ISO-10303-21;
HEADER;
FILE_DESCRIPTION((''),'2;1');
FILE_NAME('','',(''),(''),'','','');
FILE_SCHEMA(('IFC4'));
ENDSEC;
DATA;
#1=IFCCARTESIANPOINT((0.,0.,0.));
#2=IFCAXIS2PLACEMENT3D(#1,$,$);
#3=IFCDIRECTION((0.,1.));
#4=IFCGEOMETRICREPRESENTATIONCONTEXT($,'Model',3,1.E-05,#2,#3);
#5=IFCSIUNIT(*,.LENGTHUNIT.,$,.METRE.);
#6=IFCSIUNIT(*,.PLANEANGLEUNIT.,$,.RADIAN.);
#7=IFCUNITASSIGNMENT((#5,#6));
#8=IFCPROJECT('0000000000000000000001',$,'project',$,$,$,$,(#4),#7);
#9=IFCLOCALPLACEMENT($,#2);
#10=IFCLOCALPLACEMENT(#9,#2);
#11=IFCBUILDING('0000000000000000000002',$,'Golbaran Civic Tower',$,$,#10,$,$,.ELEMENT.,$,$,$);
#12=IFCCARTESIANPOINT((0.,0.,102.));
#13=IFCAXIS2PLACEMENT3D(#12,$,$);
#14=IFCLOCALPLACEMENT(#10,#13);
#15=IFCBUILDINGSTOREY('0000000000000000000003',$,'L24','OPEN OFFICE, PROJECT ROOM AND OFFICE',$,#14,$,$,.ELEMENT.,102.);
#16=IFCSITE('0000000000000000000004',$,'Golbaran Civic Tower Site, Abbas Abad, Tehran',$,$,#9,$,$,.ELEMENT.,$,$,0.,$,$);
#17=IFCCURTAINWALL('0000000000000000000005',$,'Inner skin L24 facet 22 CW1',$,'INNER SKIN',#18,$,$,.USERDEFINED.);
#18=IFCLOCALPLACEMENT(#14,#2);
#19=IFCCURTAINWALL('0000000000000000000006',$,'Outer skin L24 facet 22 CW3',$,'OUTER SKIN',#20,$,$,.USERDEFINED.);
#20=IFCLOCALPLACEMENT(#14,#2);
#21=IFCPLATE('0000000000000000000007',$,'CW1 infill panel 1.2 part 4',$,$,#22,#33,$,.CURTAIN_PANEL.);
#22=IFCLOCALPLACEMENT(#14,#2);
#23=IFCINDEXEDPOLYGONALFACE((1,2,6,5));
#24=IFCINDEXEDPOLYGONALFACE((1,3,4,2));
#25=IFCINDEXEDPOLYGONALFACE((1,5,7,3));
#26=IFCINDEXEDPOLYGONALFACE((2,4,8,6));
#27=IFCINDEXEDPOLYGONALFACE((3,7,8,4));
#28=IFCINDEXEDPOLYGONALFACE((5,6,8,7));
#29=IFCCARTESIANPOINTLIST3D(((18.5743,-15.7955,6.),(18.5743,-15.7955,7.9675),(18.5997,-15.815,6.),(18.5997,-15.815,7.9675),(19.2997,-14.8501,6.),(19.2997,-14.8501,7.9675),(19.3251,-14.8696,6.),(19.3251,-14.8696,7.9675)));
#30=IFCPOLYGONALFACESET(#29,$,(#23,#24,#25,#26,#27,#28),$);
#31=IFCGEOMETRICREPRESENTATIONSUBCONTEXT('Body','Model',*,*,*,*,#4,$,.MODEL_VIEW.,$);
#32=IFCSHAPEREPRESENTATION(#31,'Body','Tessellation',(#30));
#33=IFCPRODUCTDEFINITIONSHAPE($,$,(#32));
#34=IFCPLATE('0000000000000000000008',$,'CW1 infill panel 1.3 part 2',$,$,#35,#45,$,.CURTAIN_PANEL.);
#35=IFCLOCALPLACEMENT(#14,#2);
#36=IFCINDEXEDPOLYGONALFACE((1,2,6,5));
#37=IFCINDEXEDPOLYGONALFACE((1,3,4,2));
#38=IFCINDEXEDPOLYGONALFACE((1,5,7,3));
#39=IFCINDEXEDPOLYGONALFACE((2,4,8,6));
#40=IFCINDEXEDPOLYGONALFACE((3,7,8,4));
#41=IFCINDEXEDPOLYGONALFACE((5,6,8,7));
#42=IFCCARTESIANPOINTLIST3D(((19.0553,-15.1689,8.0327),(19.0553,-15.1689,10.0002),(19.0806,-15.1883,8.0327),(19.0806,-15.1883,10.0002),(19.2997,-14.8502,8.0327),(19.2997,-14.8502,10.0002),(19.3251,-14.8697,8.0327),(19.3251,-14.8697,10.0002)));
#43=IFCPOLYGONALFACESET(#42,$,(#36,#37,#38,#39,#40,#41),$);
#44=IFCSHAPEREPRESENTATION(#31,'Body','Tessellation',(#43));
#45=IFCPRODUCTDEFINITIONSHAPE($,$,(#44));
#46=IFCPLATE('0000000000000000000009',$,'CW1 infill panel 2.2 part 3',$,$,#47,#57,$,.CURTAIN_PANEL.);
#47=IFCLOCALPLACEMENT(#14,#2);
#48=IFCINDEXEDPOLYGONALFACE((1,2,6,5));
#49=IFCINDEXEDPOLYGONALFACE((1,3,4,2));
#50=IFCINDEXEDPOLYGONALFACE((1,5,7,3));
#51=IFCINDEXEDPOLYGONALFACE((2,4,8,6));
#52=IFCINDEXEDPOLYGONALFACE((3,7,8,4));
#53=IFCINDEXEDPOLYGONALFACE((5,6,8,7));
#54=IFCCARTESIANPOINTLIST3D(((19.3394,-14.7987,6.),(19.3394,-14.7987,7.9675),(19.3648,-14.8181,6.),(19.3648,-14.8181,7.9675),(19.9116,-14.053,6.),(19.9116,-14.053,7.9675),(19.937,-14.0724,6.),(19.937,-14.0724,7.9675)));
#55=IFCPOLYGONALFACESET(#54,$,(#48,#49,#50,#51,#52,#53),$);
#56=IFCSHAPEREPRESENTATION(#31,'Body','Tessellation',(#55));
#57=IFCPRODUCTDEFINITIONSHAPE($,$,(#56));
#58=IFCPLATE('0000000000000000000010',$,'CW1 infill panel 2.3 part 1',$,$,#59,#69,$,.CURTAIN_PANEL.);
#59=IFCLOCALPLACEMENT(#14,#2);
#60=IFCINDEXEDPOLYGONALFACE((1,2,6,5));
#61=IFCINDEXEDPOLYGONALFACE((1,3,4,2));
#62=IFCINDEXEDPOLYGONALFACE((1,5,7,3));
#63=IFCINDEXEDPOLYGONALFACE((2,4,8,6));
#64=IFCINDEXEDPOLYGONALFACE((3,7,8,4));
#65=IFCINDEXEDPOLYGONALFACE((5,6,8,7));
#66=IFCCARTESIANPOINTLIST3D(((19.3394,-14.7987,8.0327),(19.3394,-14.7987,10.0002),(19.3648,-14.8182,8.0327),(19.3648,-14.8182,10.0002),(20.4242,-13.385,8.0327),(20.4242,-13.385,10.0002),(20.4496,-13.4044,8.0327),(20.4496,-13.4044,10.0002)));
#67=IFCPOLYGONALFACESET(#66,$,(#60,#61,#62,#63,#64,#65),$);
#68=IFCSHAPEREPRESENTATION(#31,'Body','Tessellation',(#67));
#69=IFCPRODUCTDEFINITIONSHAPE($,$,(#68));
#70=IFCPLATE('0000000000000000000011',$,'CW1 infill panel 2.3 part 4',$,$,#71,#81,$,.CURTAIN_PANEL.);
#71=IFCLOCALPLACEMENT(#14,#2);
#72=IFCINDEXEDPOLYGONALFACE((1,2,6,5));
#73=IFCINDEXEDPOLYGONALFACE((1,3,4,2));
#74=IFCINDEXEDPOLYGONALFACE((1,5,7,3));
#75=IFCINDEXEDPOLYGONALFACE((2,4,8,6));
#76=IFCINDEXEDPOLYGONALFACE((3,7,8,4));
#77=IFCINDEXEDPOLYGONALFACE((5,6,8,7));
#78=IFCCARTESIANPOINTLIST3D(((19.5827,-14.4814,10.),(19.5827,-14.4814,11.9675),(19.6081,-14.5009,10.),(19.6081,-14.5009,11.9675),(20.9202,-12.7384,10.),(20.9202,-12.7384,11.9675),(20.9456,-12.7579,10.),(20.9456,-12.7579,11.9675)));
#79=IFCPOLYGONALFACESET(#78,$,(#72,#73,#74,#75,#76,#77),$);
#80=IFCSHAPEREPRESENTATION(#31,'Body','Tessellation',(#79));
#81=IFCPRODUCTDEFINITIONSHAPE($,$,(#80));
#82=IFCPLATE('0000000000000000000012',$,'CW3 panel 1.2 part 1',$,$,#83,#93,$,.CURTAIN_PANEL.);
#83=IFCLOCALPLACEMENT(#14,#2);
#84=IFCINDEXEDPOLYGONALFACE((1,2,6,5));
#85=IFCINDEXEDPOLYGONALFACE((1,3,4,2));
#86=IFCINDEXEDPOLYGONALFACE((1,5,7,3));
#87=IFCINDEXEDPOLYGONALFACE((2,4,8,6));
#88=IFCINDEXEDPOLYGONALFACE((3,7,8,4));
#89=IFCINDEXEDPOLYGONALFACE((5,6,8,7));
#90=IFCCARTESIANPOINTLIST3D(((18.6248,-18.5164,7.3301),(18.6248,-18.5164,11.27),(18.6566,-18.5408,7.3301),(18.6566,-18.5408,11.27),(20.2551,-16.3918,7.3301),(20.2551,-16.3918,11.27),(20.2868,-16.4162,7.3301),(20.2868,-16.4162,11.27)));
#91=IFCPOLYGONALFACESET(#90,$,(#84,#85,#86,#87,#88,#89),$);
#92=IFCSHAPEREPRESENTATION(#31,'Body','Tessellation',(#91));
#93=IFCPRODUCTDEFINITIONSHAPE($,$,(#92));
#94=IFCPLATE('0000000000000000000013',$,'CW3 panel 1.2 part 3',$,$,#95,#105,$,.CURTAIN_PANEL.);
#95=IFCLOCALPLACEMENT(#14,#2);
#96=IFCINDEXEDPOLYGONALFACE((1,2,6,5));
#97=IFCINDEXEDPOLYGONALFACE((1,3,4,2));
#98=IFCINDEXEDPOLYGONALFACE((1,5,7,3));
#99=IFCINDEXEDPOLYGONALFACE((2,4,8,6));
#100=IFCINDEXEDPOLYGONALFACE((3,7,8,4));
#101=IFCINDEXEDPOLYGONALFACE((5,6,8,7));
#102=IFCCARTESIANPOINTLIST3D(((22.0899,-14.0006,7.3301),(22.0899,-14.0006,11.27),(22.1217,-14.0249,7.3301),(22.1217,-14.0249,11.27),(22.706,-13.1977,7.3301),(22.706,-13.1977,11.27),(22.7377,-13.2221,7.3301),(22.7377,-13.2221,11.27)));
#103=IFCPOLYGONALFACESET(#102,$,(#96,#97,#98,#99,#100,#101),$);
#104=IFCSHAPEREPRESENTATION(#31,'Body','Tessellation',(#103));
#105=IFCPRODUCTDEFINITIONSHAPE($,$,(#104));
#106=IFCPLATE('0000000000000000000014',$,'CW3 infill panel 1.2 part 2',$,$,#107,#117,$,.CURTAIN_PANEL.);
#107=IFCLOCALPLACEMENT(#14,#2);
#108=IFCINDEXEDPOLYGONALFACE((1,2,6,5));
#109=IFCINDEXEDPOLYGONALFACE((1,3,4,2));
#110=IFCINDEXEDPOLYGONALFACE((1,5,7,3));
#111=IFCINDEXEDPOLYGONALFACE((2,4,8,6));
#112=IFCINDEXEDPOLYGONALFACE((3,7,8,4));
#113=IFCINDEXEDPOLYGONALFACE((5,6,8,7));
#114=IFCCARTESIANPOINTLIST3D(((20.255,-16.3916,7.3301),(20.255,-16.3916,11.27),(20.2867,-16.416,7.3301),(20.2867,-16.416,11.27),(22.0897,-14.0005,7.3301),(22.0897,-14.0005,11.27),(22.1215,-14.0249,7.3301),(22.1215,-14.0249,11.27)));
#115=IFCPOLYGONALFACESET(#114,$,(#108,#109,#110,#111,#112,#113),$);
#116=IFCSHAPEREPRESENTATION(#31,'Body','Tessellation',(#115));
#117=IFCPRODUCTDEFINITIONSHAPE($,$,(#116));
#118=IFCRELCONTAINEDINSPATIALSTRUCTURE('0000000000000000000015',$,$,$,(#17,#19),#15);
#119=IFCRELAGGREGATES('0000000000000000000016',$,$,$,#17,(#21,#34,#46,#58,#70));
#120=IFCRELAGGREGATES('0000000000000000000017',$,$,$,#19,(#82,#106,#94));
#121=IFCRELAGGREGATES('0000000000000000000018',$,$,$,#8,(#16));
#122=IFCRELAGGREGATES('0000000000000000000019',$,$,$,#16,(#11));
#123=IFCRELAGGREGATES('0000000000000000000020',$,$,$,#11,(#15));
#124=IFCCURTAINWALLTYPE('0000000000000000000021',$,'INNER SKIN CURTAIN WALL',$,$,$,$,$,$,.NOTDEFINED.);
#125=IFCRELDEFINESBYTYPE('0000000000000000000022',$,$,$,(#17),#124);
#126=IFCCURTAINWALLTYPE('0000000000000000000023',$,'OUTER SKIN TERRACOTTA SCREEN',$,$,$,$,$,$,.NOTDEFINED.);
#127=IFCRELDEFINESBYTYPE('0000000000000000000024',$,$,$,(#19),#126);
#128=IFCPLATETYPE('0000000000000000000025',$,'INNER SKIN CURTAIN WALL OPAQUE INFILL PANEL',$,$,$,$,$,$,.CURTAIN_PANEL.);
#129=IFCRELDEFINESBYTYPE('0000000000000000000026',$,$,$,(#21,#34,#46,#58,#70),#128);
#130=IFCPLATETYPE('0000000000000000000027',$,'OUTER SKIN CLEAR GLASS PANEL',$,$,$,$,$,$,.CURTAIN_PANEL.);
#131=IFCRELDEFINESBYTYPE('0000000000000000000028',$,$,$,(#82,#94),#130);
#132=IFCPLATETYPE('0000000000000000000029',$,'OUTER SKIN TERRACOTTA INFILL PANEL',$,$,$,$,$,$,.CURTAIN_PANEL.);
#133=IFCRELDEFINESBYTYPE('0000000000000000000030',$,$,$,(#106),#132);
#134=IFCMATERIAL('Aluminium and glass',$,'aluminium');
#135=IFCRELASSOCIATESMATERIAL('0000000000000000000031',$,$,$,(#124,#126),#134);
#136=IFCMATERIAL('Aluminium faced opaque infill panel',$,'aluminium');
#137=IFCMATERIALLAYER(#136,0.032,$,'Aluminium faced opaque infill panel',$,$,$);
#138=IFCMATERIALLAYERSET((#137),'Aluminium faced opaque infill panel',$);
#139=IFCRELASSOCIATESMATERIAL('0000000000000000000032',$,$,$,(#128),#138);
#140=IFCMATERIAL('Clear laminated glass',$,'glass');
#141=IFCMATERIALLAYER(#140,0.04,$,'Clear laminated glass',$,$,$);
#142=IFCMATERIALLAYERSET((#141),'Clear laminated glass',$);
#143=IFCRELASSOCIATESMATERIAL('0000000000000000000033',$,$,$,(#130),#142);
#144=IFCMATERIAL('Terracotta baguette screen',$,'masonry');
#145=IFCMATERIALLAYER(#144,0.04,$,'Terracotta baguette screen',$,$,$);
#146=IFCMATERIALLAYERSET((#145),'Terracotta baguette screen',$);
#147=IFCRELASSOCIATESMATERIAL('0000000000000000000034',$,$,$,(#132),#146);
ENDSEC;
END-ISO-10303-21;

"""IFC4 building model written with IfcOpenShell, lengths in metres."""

from ifc_helpers import new_model, si_unit, direction, frame, origin, origin_2d, place, context, subcontext, project, spatial, rectangle, extrude, material, layer, layer_set, type_object, element, aggregate, save


model = new_model("IFC4")

# Units and contexts
model_context = context("Model", 3, precision=1e-05, world=origin(), true_north=direction((0.0, 1.0)))
body_context = subcontext(model_context, "Body", "Model", "MODEL_VIEW")
ifc_project = project(units=[si_unit("LENGTHUNIT", "METRE"), si_unit("PLANEANGLEUNIT", "RADIAN")], contexts=[model_context])

# Site, building, storey
site_placement = place(None, origin())
site = spatial("IfcSite", under=ifc_project, at=site_placement, Name="Golbaran Civic Tower Site, Abbas Abad, Tehran", CompositionType="ELEMENT", RefElevation=0.0)
building_placement = place(site_placement, origin())
building = spatial("IfcBuilding", under=site, at=building_placement, Name="Golbaran Civic Tower", CompositionType="ELEMENT")
storey_placement = place(building_placement, frame((0.0, 0.0, 102.0)))
storey = spatial("IfcBuildingStorey", under=building, at=storey_placement, Name="L24", Description="OPEN OFFICE, PROJECT ROOM AND OFFICE", CompositionType="ELEMENT", Elevation=102.0)

# Curtain wall
ifc_material_1 = material(Name="Aluminium and glass", Category="aluminium")
curtain_wall_type_1 = type_object("IfcCurtainWallType", Name="INNER SKIN CURTAIN WALL", PredefinedType="NOTDEFINED", material=ifc_material_1)
curtain_wall_1_placement = place(storey_placement, origin())
curtain_wall_1 = element("IfcCurtainWall", 1, at=curtain_wall_1_placement, inside=storey, type_object=curtain_wall_type_1, Name="Inner skin L24 facet 22 CW1", ObjectType="INNER SKIN", PredefinedType="USERDEFINED")

# Curtain wall
curtain_wall_type_2 = type_object("IfcCurtainWallType", Name="OUTER SKIN TERRACOTTA SCREEN", PredefinedType="NOTDEFINED", material=ifc_material_1)
curtain_wall_2_placement = place(storey_placement, origin())
curtain_wall_2 = element("IfcCurtainWall", 2, at=curtain_wall_2_placement, inside=storey, type_object=curtain_wall_type_2, Name="Outer skin L24 facet 22 CW3", ObjectType="OUTER SKIN", PredefinedType="USERDEFINED")

# Plates
ifc_material_2 = material(Name="Aluminium faced opaque infill panel", Category="aluminium")
ifc_layer_1 = layer(ifc_material_2, 0.032, Name="Aluminium faced opaque infill panel")
ifc_layer_set_1 = layer_set([ifc_layer_1], Name="Aluminium faced opaque infill panel")
plate_type_1 = type_object("IfcPlateType", Name="INNER SKIN CURTAIN WALL OPAQUE INFILL PANEL", PredefinedType="CURTAIN_PANEL", material=ifc_layer_set_1)
plate_1_placement = place(storey_placement, frame((18.9497, -15.3325, 6.0), z_axis=(0.0, 0.0, 1.0), x_axis=(0.608761, 0.793353, 0.0)))
plate_1 = element("IfcPlate", 3, at=plate_1_placement, type_object=plate_type_1, Name="CW1 infill panel 1.2 part 4", PredefinedType="CURTAIN_PANEL", context=body_context, shape_type="SweptSolid", body=[
    extrude(rectangle(XDim=1.1917, YDim=0.032, at=origin_2d()), origin(), (0.0, 0.0, 1.0), 1.9675),
])
plate_2_placement = place(storey_placement, frame((19.1902, -15.0193, 8.0327), z_axis=(0.0, 0.0, 1.0), x_axis=(0.608761, 0.793353, 0.0)))
plate_2 = element("IfcPlate", 4, at=plate_2_placement, type_object=plate_type_1, Name="CW1 infill panel 1.3 part 2", PredefinedType="CURTAIN_PANEL", context=body_context, shape_type="SweptSolid", body=[
    extrude(rectangle(XDim=0.4016, YDim=0.032, at=origin_2d()), origin(), (0.0, 0.0, 1.0), 1.9675),
])
plate_3_placement = place(storey_placement, frame((19.6382, -14.4355, 6.0), z_axis=(0.0, 0.0, 1.0), x_axis=(0.608761, 0.793353, 0.0)))
plate_3 = element("IfcPlate", 5, at=plate_3_placement, type_object=plate_type_1, Name="CW1 infill panel 2.2 part 3", PredefinedType="CURTAIN_PANEL", context=body_context, shape_type="SweptSolid", body=[
    extrude(rectangle(XDim=0.9399, YDim=0.032, at=origin_2d()), origin(), (0.0, 0.0, 1.0), 1.9675),
])
plate_4_placement = place(storey_placement, frame((19.8945, -14.1016, 8.0327), z_axis=(0.0, 0.0, 1.0), x_axis=(0.608761, 0.793353, 0.0)))
plate_4 = element("IfcPlate", 6, at=plate_4_placement, type_object=plate_type_1, Name="CW1 infill panel 2.3 part 1", PredefinedType="CURTAIN_PANEL", context=body_context, shape_type="SweptSolid", body=[
    extrude(rectangle(XDim=1.782, YDim=0.032, at=origin_2d()), origin(), (0.0, 0.0, 1.0), 1.9675),
])
plate_5_placement = place(storey_placement, frame((20.2642, -13.6196, 10.0), z_axis=(0.0, 0.0, 1.0), x_axis=(0.608761, 0.793353, 0.0)))
plate_5 = element("IfcPlate", 7, at=plate_5_placement, type_object=plate_type_1, Name="CW1 infill panel 2.3 part 4", PredefinedType="CURTAIN_PANEL", context=body_context, shape_type="SweptSolid", body=[
    extrude(rectangle(XDim=2.197, YDim=0.032, at=origin_2d()), origin(), (0.0, 0.0, 1.0), 1.9675),
])
aggregate(curtain_wall_1, [plate_1, plate_2, plate_3, plate_4, plate_5])
ifc_material_3 = material(Name="Clear laminated glass", Category="glass")
ifc_layer_2 = layer(ifc_material_3, 0.04, Name="Clear laminated glass")
ifc_layer_set_2 = layer_set([ifc_layer_2], Name="Clear laminated glass")
plate_type_2 = type_object("IfcPlateType", Name="OUTER SKIN CLEAR GLASS PANEL", PredefinedType="CURTAIN_PANEL", material=ifc_layer_set_2)
plate_6_placement = place(storey_placement, frame((19.4558, -17.4663, 7.3301), z_axis=(0.0, 0.0, 1.0), x_axis=(0.608761, 0.793353, 0.0)))
plate_6 = element("IfcPlate", 8, at=plate_6_placement, type_object=plate_type_2, Name="CW3 panel 1.2 part 1", PredefinedType="CURTAIN_PANEL", context=body_context, shape_type="SweptSolid", body=[
    extrude(rectangle(XDim=2.678, YDim=0.04, at=origin_2d()), origin(), (0.0, 0.0, 1.0), 3.9399),
])
plate_7_placement = place(storey_placement, frame((22.4138, -13.6113, 7.3301), z_axis=(0.0, 0.0, 1.0), x_axis=(0.608761, 0.793353, 0.0)))
plate_7 = element("IfcPlate", 9, at=plate_7_placement, type_object=plate_type_2, Name="CW3 panel 1.2 part 3", PredefinedType="CURTAIN_PANEL", context=body_context, shape_type="SweptSolid", body=[
    extrude(rectangle(XDim=1.012, YDim=0.04, at=origin_2d()), origin(), (0.0, 0.0, 1.0), 3.9399),
])
ifc_material_4 = material(Name="Terracotta baguette screen", Category="masonry")
ifc_layer_3 = layer(ifc_material_4, 0.04, Name="Terracotta baguette screen")
ifc_layer_set_3 = layer_set([ifc_layer_3], Name="Terracotta baguette screen")
plate_type_3 = type_object("IfcPlateType", Name="OUTER SKIN TERRACOTTA INFILL PANEL", PredefinedType="CURTAIN_PANEL", material=ifc_layer_set_3)
plate_8_placement = place(storey_placement, frame((21.1882, -15.2083, 7.3301), z_axis=(0.0, 0.0, 1.0), x_axis=(0.608761, 0.793353, 0.0)))
plate_8 = element("IfcPlate", 10, at=plate_8_placement, type_object=plate_type_3, Name="CW3 infill panel 1.2 part 2", PredefinedType="CURTAIN_PANEL", context=body_context, shape_type="SweptSolid", body=[
    extrude(rectangle(XDim=3.0139, YDim=0.04, at=origin_2d()), origin(), (0.0, 0.0, 1.0), 3.9399),
])
aggregate(curtain_wall_2, [plate_6, plate_8, plate_7])

save(model, "model.ifc")
